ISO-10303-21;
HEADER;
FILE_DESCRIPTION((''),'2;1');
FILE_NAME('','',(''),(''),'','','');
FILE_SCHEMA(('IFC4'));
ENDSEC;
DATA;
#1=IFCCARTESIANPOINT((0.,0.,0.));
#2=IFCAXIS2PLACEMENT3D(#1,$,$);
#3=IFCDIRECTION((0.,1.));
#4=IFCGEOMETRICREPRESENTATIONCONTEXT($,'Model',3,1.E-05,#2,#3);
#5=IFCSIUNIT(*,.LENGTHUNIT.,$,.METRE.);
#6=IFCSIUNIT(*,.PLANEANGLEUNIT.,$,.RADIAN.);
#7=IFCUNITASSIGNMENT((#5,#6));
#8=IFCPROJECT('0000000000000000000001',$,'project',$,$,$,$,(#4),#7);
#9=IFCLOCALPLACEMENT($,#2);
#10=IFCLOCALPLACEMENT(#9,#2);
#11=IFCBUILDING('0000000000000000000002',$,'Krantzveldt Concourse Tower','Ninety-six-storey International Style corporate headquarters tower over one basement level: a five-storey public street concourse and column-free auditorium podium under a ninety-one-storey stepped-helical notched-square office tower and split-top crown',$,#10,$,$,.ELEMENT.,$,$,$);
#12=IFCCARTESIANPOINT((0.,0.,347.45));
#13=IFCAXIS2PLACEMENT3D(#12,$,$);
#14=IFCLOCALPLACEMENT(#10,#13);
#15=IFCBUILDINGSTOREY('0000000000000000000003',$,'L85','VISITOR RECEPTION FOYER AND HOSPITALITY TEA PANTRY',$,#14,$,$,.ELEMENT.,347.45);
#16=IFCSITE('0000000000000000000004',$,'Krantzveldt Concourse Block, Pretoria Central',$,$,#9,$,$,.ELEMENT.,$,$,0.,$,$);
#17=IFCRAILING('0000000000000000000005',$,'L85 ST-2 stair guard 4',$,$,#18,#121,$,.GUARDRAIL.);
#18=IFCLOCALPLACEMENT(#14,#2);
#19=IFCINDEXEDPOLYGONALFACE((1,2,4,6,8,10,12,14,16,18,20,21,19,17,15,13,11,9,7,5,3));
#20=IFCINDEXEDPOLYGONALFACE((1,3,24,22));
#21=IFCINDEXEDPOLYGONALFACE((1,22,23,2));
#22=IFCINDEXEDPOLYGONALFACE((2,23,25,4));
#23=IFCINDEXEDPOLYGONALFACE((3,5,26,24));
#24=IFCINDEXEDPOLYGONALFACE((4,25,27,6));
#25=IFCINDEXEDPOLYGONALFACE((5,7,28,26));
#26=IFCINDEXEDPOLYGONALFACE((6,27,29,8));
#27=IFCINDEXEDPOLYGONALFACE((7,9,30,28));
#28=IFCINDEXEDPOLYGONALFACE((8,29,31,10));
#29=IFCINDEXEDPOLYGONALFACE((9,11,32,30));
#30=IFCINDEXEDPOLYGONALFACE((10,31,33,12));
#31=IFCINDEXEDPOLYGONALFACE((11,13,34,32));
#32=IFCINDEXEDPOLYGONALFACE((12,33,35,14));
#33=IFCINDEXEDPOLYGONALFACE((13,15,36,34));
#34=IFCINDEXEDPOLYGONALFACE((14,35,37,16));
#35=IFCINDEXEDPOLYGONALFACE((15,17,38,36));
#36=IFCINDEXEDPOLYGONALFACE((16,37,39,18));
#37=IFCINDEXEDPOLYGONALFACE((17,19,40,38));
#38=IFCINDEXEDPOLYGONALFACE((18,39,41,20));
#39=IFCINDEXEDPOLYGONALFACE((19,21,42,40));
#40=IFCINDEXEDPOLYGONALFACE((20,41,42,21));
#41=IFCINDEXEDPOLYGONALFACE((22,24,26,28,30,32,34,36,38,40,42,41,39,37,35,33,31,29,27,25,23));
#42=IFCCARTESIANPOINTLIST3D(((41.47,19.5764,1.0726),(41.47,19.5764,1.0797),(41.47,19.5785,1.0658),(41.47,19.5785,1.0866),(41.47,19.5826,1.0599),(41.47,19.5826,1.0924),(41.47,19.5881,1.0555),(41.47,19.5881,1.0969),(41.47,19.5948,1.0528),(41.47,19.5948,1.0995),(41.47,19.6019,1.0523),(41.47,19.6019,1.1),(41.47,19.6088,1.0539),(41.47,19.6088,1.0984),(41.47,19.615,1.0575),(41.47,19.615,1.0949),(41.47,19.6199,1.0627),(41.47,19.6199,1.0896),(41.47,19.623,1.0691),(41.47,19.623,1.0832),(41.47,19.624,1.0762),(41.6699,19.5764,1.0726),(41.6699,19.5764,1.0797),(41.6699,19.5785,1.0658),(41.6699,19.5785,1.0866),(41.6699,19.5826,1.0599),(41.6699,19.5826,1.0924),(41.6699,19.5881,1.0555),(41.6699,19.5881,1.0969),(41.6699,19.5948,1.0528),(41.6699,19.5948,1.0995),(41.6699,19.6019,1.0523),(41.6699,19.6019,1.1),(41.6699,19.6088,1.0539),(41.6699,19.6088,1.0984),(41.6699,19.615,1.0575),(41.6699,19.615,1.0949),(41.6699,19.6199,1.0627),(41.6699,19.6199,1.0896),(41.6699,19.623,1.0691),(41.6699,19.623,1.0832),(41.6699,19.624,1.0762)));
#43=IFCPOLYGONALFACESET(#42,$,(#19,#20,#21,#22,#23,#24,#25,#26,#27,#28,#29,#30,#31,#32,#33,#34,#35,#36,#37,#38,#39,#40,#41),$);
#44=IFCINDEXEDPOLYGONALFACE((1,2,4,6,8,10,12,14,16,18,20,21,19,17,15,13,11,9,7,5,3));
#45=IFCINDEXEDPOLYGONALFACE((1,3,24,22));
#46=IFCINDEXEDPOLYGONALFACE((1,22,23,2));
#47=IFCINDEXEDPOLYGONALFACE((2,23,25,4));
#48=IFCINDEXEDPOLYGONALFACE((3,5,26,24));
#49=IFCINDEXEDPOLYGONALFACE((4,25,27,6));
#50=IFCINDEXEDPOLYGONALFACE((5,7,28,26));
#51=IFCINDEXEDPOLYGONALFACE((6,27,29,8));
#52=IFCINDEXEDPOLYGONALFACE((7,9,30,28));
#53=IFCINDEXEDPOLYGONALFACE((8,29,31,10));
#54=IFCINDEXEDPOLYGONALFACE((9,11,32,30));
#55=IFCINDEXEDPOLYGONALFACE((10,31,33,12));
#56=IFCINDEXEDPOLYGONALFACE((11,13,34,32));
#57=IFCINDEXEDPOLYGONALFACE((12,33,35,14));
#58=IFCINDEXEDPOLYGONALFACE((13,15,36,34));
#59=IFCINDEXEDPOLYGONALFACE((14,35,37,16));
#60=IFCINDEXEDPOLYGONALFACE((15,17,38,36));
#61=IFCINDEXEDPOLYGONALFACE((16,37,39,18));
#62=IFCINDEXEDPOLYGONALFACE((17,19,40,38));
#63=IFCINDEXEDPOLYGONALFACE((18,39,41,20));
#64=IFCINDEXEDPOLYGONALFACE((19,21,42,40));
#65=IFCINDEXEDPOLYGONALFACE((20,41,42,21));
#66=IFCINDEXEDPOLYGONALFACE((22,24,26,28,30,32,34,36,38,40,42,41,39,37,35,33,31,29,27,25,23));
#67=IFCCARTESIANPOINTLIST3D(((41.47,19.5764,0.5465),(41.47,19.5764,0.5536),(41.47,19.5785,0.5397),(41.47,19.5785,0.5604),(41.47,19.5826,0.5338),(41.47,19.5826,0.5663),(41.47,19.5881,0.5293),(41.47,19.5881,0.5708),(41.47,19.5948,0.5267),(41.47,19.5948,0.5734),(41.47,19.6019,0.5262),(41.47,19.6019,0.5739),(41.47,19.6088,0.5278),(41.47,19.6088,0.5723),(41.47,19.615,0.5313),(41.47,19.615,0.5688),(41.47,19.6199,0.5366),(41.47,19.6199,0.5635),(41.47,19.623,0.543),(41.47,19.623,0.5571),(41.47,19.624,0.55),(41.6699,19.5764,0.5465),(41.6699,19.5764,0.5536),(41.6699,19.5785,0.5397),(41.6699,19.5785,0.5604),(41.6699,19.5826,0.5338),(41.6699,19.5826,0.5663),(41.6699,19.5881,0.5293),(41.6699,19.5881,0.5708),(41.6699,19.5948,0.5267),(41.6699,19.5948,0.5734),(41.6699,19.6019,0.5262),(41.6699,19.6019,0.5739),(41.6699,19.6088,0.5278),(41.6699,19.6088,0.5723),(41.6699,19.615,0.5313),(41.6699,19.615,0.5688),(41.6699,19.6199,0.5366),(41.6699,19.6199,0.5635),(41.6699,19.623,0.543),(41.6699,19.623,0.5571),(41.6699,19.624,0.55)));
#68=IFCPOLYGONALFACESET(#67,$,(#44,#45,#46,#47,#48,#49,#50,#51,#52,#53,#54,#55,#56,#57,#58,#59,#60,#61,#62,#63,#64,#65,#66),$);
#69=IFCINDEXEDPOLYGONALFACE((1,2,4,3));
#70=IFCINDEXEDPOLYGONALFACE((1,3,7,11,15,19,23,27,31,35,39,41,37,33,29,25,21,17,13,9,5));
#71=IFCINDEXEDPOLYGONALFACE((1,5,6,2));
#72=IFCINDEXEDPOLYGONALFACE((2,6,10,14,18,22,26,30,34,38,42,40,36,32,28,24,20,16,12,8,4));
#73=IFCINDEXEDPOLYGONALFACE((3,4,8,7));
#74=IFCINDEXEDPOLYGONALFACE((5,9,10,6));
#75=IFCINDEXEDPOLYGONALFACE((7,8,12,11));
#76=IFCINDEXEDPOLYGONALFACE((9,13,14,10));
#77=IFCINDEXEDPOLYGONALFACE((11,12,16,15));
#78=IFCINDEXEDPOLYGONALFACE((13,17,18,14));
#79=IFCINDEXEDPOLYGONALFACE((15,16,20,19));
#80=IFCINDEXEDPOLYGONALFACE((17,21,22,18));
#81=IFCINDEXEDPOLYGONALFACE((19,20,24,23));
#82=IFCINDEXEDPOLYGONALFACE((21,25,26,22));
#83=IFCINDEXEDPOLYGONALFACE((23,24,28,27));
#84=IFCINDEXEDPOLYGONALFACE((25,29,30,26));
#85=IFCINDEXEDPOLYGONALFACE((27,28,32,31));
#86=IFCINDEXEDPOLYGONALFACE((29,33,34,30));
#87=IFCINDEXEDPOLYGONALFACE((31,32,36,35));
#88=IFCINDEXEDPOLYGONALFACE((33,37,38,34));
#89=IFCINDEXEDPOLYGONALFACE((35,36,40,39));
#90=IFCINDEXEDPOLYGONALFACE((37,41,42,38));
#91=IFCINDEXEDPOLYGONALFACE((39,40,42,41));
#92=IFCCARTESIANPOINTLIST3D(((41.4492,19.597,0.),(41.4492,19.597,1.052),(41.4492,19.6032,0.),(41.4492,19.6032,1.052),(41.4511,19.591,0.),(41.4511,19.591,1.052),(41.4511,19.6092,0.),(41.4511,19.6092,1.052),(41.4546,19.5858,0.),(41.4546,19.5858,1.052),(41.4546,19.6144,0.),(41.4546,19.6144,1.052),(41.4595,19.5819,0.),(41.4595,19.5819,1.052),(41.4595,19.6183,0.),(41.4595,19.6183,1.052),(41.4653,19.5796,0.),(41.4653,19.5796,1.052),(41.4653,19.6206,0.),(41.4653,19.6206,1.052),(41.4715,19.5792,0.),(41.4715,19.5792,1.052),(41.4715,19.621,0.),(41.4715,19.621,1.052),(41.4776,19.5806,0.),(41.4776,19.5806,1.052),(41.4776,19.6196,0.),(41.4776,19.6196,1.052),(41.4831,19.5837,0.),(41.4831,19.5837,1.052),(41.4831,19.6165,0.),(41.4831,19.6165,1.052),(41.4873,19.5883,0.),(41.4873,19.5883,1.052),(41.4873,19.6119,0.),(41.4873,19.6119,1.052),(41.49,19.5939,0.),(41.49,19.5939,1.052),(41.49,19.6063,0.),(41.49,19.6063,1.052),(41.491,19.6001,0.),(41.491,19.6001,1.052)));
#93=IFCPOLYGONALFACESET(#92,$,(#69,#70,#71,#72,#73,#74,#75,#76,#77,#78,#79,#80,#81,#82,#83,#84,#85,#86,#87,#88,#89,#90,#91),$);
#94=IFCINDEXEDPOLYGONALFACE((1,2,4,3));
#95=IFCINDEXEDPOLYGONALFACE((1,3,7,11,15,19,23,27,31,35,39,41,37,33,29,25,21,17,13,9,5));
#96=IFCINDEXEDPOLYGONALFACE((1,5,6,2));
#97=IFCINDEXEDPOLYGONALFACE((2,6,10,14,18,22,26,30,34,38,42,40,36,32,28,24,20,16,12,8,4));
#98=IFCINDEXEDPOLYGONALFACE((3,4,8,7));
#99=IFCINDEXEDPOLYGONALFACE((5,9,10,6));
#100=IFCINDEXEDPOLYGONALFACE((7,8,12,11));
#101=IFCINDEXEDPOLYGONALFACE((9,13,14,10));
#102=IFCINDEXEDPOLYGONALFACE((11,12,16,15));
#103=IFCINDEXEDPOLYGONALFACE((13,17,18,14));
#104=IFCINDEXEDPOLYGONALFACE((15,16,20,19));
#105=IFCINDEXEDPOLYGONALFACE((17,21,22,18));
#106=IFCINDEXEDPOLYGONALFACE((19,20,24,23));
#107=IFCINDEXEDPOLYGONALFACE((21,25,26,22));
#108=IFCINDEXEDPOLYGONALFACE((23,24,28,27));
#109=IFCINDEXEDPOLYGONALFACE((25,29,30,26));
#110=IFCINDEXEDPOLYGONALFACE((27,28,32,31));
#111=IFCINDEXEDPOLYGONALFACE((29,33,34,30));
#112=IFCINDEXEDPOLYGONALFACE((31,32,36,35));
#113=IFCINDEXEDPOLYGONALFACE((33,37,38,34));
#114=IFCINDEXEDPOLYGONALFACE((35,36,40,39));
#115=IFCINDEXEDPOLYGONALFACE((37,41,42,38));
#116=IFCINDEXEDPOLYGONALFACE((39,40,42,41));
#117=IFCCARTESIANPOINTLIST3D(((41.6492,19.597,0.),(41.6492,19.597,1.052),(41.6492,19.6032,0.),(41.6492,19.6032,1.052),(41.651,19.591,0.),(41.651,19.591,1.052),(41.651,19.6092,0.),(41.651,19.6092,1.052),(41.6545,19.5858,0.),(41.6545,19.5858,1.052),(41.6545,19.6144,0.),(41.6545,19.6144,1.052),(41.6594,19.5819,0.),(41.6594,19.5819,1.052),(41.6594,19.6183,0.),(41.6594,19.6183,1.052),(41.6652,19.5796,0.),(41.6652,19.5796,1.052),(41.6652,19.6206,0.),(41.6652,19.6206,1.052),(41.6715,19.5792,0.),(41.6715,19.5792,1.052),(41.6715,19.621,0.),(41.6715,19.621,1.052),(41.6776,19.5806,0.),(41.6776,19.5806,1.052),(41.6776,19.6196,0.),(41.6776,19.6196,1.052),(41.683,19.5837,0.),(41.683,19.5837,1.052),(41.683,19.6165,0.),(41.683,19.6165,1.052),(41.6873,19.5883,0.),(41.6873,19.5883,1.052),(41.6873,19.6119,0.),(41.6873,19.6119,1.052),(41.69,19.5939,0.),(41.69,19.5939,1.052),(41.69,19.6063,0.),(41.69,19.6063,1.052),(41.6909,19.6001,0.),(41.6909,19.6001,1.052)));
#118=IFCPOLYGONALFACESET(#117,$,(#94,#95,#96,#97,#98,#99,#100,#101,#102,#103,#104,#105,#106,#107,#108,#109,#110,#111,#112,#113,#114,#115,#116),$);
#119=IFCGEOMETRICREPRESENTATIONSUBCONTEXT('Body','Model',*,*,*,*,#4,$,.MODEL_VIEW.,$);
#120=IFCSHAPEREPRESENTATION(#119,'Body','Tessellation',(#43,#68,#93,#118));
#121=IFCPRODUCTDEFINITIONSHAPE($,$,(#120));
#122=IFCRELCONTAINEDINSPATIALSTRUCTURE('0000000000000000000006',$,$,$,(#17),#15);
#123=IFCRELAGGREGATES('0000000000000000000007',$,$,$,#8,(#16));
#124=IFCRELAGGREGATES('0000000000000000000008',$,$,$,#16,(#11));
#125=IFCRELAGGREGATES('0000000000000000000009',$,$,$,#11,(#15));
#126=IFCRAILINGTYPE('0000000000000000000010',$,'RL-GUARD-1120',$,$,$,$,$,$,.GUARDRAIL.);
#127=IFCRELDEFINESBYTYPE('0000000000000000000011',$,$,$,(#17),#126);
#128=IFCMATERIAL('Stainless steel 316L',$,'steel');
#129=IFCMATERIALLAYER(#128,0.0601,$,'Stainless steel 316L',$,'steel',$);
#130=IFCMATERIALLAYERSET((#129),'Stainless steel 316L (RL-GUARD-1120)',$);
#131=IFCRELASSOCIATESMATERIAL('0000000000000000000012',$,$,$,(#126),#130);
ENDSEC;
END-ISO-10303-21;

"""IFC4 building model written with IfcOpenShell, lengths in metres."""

from ifc_helpers import new_model, si_unit, direction, frame, origin, origin_2d, place, context, subcontext, project, spatial, circle, extrude, material, layer, layer_set, type_object, element, save


model = new_model("IFC4")

# Units and contexts
model_context = context("Model", 3, precision=1e-05, world=origin(), true_north=direction((0.0, 1.0)))
body_context = subcontext(model_context, "Body", "Model", "MODEL_VIEW")
ifc_project = project(units=[si_unit("LENGTHUNIT", "METRE"), si_unit("PLANEANGLEUNIT", "RADIAN")], contexts=[model_context])

# Site, building, storey
site_placement = place(None, origin())
site = spatial("IfcSite", under=ifc_project, at=site_placement, Name="Krantzveldt Concourse Block, Pretoria Central", CompositionType="ELEMENT", RefElevation=0.0)
building_placement = place(site_placement, origin())
building = spatial("IfcBuilding", under=site, at=building_placement, Name="Krantzveldt Concourse Tower", Description="Ninety-six-storey International Style corporate headquarters tower over one basement level: a five-storey public street concourse and column-free auditorium podium under a ninety-one-storey stepped-helical notched-square office tower and split-top crown", CompositionType="ELEMENT")
storey_placement = place(building_placement, frame((0.0, 0.0, 347.45)))
storey = spatial("IfcBuildingStorey", under=building, at=storey_placement, Name="L85", Description="VISITOR RECEPTION FOYER AND HOSPITALITY TEA PANTRY", CompositionType="ELEMENT", Elevation=347.45)

# Shared definitions
ifc_material_1 = material(Name="Stainless steel 316L", Category="steel")

# Railing
ifc_layer_1 = layer(ifc_material_1, 0.0601, Name="Stainless steel 316L", Category="steel")
ifc_layer_set_1 = layer_set([ifc_layer_1], Name="Stainless steel 316L (RL-GUARD-1120)")
railing_type_1 = type_object("IfcRailingType", Name="RL-GUARD-1120", PredefinedType="GUARDRAIL", material=ifc_layer_set_1)
railing_1_placement = place(storey_placement, frame((41.47, 19.6001, 0.0)))
element("IfcRailing", 1, at=railing_1_placement, inside=storey, type_object=railing_type_1, Name="L85 ST-2 stair guard 4", PredefinedType="GUARDRAIL", context=body_context, shape_type="SweptSolid", body=[
    extrude(circle(Radius=0.0239, at=origin_2d()), frame((0.0, 0.0, 1.0762), z_axis=(1.0, 0.0, 0.0), x_axis=(0.0, 1.0, 0.0)), (0.0, 0.0, 1.0), 0.2),
    extrude(circle(Radius=0.0239, at=origin_2d()), frame((0.0, 0.0, 0.55), z_axis=(1.0, 0.0, 0.0), x_axis=(0.0, 1.0, 0.0)), (0.0, 0.0, 1.0), 0.2),
    extrude(circle(Radius=0.021, at=origin_2d()), origin(), (0.0, 0.0, 1.0), 1.052),
    extrude(circle(Radius=0.021, at=origin_2d()), frame((0.2, 0.0, 0.0)), (0.0, 0.0, 1.0), 1.052),
])

save(model, "model.ifc")
